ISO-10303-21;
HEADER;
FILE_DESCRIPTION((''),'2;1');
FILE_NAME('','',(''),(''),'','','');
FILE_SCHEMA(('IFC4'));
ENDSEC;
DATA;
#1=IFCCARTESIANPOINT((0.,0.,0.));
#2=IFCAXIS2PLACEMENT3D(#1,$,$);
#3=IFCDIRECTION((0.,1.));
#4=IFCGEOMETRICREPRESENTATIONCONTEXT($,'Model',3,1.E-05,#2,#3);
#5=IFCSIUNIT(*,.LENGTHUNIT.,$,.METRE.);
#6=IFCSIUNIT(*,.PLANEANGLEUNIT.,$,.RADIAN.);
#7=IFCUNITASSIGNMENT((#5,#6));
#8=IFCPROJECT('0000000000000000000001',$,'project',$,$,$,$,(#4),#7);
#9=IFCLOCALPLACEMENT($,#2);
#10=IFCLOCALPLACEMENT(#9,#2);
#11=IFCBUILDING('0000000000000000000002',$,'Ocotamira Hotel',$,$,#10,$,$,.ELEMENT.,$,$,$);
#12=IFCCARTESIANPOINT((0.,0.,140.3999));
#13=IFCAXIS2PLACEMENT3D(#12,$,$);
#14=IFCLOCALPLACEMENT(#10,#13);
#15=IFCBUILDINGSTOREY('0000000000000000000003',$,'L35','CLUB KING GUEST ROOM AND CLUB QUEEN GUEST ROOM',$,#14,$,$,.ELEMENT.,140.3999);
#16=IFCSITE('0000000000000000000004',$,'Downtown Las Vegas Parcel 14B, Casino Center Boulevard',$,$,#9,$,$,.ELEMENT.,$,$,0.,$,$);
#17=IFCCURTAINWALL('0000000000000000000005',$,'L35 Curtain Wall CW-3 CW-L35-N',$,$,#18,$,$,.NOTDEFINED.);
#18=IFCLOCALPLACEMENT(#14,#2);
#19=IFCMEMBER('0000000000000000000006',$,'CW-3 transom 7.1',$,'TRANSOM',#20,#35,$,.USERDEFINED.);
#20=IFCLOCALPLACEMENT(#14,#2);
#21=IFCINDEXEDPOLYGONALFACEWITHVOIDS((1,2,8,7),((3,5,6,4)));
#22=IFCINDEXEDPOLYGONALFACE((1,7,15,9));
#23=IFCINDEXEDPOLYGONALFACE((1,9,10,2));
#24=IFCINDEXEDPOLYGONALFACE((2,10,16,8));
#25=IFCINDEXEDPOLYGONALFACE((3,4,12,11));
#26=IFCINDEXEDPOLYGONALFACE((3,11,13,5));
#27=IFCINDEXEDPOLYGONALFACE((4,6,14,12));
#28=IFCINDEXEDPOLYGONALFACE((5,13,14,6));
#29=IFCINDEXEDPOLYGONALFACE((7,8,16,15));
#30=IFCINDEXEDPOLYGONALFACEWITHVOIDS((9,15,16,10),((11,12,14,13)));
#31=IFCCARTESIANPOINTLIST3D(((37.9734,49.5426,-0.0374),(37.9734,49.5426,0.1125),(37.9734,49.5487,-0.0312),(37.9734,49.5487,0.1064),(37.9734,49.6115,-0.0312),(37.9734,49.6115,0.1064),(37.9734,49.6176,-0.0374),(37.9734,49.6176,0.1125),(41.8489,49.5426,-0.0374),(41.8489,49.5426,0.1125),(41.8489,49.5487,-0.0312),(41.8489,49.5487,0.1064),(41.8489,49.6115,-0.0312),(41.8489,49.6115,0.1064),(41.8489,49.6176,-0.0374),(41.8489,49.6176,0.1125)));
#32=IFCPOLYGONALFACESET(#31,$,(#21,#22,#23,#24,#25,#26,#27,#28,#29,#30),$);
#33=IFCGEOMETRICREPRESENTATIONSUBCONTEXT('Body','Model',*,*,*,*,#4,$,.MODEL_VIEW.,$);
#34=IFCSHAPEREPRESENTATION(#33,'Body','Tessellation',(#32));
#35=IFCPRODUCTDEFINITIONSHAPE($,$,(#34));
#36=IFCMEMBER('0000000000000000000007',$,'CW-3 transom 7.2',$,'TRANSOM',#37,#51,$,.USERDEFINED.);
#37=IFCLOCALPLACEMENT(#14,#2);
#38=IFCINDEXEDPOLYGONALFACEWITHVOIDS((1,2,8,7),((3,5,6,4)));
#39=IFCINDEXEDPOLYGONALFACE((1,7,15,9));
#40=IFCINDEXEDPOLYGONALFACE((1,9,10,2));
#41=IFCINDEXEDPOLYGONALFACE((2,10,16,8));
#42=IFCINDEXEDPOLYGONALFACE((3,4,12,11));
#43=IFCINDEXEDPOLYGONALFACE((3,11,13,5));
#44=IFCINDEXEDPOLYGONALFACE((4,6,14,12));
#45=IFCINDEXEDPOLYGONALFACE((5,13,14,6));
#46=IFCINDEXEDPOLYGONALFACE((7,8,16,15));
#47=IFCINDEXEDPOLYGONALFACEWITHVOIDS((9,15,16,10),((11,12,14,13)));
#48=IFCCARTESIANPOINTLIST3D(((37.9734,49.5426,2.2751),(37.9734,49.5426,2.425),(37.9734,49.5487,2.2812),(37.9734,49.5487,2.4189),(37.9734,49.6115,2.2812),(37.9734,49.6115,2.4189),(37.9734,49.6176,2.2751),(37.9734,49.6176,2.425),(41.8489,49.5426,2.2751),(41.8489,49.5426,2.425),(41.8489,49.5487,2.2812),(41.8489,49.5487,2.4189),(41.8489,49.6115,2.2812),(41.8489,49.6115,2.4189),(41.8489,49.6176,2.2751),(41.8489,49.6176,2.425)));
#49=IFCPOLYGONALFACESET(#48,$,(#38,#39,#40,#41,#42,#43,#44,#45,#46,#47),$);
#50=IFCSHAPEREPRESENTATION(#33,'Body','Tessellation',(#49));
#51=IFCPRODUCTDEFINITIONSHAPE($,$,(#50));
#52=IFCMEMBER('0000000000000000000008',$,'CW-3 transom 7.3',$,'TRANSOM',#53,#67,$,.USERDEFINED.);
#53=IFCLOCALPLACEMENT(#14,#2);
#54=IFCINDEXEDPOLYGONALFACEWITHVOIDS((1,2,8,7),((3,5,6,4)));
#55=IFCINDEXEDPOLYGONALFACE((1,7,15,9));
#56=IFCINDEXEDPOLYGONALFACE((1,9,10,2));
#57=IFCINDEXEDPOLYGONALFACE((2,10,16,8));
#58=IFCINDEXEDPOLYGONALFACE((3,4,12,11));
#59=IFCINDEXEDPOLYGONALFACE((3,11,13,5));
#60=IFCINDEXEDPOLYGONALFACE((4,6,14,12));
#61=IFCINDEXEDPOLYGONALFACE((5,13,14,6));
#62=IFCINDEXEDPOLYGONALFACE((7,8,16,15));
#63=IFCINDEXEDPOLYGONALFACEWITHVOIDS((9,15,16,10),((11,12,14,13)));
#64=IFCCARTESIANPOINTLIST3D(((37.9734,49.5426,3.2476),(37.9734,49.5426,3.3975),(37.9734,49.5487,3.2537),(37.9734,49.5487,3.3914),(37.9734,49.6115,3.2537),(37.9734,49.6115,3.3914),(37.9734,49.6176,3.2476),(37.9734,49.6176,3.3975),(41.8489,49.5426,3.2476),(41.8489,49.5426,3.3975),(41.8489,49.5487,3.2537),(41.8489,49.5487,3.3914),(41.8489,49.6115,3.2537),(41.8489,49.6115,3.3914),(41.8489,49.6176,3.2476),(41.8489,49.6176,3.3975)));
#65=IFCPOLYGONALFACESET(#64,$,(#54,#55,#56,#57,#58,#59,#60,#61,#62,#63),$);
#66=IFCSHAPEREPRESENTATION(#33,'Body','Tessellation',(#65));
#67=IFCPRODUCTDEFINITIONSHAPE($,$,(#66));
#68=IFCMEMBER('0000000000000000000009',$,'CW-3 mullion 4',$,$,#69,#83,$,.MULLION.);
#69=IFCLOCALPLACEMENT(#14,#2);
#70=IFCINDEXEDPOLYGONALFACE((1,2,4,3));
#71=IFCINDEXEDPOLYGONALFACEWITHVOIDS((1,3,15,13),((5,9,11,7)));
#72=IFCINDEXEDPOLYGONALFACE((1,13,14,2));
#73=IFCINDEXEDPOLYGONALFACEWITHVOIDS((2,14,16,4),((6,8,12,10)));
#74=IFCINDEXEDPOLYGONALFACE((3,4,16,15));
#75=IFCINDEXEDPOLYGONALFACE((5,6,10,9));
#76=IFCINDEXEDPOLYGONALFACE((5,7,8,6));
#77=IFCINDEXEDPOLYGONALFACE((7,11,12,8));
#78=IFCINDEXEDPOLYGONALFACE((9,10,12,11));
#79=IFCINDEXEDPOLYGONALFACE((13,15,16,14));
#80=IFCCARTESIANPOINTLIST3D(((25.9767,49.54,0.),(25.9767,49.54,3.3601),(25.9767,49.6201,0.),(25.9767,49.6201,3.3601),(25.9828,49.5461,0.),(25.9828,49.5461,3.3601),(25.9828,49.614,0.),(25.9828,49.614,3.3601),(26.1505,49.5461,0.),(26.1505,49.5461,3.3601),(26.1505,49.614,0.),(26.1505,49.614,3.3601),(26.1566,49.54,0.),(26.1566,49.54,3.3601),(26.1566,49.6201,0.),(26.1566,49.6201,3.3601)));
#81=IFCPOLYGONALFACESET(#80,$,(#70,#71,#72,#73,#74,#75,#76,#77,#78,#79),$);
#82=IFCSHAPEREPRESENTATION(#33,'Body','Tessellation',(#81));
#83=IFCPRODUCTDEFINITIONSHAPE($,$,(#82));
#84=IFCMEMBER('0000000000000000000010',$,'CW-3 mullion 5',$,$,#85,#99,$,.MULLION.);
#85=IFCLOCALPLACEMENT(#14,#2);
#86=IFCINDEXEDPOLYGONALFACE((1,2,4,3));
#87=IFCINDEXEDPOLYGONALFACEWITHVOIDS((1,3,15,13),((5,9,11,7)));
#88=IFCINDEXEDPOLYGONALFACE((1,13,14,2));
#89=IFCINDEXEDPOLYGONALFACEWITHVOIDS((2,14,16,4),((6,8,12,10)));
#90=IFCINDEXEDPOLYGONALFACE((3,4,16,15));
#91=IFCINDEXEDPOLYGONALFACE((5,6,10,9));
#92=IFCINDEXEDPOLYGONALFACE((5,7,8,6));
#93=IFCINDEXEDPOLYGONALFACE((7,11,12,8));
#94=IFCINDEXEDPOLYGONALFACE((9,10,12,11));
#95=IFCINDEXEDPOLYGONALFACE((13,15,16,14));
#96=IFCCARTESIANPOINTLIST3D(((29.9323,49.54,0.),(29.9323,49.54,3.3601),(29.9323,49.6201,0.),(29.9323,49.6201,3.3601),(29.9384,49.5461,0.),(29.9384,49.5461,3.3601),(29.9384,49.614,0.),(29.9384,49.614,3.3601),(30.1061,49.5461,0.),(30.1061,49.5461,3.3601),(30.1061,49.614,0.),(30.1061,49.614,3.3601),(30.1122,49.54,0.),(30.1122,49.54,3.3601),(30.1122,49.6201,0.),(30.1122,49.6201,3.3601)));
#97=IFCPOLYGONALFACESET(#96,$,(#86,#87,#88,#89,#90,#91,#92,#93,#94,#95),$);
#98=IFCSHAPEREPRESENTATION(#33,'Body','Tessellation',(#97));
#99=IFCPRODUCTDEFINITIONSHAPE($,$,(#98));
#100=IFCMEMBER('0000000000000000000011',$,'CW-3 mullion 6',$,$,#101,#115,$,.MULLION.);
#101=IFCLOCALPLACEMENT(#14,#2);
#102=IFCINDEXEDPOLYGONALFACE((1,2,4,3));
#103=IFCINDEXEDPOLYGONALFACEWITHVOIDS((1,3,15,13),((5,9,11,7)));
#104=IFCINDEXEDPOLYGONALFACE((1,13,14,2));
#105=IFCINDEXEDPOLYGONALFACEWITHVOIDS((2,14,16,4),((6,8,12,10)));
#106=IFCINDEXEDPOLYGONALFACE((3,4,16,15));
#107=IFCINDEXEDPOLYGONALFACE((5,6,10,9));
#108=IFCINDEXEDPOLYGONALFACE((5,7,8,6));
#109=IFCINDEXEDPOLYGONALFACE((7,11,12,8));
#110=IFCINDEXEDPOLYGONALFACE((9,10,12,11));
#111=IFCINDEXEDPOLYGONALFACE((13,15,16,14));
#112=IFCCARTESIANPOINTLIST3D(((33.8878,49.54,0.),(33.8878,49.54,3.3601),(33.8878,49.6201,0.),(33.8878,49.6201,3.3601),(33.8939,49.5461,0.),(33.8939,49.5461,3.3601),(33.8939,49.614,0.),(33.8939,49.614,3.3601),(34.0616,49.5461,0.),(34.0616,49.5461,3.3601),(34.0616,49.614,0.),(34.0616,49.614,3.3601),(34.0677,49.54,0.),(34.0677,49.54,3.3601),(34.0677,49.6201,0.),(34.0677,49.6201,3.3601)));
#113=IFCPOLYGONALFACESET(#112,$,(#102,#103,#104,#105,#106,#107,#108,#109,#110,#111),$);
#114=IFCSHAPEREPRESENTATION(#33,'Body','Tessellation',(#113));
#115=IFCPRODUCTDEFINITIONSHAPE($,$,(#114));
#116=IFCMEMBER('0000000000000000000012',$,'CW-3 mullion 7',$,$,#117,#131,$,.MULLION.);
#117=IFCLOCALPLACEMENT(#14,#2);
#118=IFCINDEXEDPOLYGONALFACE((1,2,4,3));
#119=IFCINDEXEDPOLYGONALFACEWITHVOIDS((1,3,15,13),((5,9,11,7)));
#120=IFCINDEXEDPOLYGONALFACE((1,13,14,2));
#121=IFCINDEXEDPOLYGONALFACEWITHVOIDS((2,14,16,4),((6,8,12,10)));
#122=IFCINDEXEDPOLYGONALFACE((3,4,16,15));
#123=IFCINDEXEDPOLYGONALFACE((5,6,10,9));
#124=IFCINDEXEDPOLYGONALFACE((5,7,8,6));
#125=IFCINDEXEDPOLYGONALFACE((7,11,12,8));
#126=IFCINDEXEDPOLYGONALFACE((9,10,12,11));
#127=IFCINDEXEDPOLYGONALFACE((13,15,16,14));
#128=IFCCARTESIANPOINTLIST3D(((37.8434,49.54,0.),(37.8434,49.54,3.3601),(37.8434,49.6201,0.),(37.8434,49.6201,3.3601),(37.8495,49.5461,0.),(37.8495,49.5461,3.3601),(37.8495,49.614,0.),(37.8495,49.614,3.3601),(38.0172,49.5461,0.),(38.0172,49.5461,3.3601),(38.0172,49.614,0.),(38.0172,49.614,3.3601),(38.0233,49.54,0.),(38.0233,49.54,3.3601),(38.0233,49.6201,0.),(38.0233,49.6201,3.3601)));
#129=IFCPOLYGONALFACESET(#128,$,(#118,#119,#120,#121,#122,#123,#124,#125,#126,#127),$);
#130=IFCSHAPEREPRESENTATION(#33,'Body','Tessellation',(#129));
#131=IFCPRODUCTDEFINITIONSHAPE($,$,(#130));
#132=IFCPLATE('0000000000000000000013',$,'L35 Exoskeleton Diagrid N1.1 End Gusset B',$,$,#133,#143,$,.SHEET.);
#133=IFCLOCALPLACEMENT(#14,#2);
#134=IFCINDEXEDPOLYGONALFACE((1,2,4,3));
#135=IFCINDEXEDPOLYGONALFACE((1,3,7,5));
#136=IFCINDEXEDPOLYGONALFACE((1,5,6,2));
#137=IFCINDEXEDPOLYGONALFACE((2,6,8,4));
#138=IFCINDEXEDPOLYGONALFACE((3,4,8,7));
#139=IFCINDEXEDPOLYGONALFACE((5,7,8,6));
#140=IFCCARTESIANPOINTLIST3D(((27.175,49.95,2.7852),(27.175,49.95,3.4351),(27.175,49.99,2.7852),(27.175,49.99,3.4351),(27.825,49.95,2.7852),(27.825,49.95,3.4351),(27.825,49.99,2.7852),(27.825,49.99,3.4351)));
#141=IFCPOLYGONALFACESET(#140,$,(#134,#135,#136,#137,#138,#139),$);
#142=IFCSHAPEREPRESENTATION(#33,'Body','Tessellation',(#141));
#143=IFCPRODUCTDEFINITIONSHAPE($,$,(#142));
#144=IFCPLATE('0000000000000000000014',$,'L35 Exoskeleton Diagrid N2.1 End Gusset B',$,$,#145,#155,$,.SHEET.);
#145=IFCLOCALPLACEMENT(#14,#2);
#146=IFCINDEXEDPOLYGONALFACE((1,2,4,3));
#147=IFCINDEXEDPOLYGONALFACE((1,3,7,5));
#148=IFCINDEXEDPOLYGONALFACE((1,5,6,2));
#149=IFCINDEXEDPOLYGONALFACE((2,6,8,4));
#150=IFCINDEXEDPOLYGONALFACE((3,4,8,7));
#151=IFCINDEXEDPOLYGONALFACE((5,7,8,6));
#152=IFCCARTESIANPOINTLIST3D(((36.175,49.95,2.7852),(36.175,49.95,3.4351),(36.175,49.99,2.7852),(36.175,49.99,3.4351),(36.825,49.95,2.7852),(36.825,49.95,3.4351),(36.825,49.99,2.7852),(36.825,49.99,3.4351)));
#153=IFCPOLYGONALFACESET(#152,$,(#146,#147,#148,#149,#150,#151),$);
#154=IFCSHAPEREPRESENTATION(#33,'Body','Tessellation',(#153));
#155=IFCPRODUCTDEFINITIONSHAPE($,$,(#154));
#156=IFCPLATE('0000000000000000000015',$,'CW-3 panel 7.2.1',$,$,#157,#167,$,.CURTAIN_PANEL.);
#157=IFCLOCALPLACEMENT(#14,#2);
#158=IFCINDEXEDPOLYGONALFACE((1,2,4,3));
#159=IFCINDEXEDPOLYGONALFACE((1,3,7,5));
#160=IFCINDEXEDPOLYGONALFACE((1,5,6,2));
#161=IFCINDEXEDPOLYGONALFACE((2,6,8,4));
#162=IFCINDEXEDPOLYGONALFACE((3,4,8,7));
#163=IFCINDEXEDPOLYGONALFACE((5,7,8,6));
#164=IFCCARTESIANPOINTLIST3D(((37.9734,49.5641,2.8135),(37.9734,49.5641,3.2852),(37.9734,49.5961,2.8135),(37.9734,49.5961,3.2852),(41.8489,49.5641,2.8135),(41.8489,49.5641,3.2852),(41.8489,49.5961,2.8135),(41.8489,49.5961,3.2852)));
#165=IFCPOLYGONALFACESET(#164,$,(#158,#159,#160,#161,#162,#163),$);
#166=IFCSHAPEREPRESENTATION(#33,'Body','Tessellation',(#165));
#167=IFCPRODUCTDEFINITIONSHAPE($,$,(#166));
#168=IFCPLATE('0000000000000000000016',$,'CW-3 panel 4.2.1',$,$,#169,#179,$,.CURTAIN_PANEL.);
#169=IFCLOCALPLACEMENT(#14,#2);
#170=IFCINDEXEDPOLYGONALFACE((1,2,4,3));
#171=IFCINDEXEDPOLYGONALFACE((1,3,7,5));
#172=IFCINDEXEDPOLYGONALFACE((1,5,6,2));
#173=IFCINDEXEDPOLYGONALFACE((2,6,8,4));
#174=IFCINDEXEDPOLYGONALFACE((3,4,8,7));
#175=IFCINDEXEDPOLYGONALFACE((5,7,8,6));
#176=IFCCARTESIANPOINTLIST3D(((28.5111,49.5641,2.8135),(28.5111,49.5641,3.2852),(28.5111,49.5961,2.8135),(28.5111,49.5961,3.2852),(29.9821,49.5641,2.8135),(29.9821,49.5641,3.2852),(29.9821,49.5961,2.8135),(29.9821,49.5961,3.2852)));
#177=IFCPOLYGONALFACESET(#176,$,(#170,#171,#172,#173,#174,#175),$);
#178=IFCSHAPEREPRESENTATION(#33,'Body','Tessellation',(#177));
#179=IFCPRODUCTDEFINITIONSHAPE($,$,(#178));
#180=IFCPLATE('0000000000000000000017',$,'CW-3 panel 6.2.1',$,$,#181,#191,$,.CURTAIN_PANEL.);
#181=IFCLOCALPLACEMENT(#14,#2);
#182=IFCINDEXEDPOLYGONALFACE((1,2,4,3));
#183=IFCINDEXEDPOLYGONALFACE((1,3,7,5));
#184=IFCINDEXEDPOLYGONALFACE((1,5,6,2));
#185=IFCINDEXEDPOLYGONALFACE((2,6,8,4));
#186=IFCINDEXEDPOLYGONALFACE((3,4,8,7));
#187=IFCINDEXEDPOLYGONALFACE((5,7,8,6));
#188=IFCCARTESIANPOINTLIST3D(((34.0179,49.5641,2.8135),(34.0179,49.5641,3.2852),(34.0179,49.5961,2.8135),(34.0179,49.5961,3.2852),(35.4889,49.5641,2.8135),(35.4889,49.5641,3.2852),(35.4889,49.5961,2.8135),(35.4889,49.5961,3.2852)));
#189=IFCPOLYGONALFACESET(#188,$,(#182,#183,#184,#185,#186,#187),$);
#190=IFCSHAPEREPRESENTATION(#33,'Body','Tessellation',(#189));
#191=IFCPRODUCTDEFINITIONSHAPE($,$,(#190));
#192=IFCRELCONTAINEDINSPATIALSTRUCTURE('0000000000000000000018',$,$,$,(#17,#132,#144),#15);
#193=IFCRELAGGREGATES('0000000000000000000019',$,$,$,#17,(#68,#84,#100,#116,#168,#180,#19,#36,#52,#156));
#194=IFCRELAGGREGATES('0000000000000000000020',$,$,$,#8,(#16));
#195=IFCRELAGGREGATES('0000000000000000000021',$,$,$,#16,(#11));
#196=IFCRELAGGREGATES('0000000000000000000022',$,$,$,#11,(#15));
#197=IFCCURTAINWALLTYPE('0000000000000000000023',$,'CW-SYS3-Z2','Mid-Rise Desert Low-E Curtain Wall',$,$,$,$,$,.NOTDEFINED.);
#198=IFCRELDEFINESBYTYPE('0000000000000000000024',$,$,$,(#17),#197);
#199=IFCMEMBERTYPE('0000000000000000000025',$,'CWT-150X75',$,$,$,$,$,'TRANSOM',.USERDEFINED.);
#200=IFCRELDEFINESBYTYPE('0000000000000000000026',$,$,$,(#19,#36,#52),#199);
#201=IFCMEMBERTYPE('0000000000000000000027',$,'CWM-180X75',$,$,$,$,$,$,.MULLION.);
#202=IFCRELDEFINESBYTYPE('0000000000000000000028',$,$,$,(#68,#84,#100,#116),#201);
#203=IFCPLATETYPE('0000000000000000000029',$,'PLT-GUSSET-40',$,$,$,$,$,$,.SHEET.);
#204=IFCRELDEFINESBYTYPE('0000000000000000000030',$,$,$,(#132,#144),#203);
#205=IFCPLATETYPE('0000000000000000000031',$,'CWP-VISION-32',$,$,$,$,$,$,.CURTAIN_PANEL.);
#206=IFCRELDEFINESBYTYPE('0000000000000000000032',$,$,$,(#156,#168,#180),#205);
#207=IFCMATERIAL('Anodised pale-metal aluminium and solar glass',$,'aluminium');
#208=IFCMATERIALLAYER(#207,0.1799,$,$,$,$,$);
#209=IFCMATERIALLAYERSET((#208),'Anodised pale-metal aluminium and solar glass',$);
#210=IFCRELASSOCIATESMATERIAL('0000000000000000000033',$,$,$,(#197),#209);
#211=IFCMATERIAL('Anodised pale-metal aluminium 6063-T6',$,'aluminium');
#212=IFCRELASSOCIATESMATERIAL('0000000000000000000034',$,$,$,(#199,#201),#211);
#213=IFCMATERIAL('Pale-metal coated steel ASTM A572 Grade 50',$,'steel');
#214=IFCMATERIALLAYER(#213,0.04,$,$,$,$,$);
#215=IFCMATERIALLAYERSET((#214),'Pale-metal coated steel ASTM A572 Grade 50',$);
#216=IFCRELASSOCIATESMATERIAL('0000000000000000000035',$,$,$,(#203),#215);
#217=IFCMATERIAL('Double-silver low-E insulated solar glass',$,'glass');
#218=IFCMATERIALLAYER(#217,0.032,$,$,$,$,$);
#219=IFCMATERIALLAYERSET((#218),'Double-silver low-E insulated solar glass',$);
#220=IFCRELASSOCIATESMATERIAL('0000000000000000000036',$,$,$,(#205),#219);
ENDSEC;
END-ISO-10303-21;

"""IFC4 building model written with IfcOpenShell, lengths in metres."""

from ifc_helpers import new_model, si_unit, direction, frame, origin, origin_2d, place, context, subcontext, project, spatial, rectangle, hollow_rectangle, extrude, source, transform, mapped, material, layer, layer_set, material_profile, profile_set, type_object, element, aggregate, save


model = new_model("IFC4")

# Units and contexts
model_context = context("Model", 3, precision=1e-05, world=origin(), true_north=direction((0.0, 1.0)))
body_context = subcontext(model_context, "Body", "Model", "MODEL_VIEW")
ifc_project = project(units=[si_unit("LENGTHUNIT", "METRE"), si_unit("PLANEANGLEUNIT", "RADIAN")], contexts=[model_context])

# Site, building, storey
site_placement = place(None, origin())
site = spatial("IfcSite", under=ifc_project, at=site_placement, Name="Downtown Las Vegas Parcel 14B, Casino Center Boulevard", CompositionType="ELEMENT", RefElevation=0.0)
building_placement = place(site_placement, origin())
building = spatial("IfcBuilding", under=site, at=building_placement, Name="Ocotamira Hotel", CompositionType="ELEMENT")
storey_placement = place(building_placement, frame((0.0, 0.0, 140.3999)))
storey = spatial("IfcBuildingStorey", under=building, at=storey_placement, Name="L35", Description="CLUB KING GUEST ROOM AND CLUB QUEEN GUEST ROOM", CompositionType="ELEMENT", Elevation=140.3999)

# Curtain wall, members
ifc_material_1 = material(Name="Anodised pale-metal aluminium and solar glass", Category="aluminium")
ifc_layer_1 = layer(ifc_material_1, 0.1799)
ifc_layer_set_1 = layer_set([ifc_layer_1], Name="Anodised pale-metal aluminium and solar glass")
curtain_wall_type = type_object("IfcCurtainWallType", Name="CW-SYS3-Z2", Description="Mid-Rise Desert Low-E Curtain Wall", PredefinedType="NOTDEFINED", material=ifc_layer_set_1)
curtain_wall_placement = place(storey_placement, origin())
curtain_wall = element("IfcCurtainWall", 1, at=curtain_wall_placement, inside=storey, type_object=curtain_wall_type, Name="L35 Curtain Wall CW-3 CW-L35-N", PredefinedType="NOTDEFINED")
ifc_material_2 = material(Name="Anodised pale-metal aluminium 6063-T6", Category="aluminium")
ifc_material_profile_1 = material_profile(ifc_material_2, hollow_rectangle(XDim=0.075, YDim=0.1499, WallThickness=0.0061, at=origin_2d()), Name="HSS150X75X6")
ifc_profile_set_1 = profile_set([ifc_material_profile_1], Name="Anodised pale-metal aluminium 6063-T6")
member_type_1 = type_object("IfcMemberType", Name="CWT-150X75", ElementType="TRANSOM", PredefinedType="USERDEFINED", material=ifc_profile_set_1)
shared_shape_1 = source(origin(), body_context, "Body", "SweptSolid", [
    extrude(hollow_rectangle(XDim=0.075, YDim=0.1499, WallThickness=0.0061, at=origin_2d()), origin(), (0.0, 0.0, 1.0), 3.8755),
])
member_1_placement = place(storey_placement, frame((37.9734, 49.5801, 0.0376), z_axis=(1.0, 0.0, 0.0), x_axis=(0.0, 1.0, 0.0)))
member_1 = element("IfcMember", 2, at=member_1_placement, type_object=member_type_1, Name="CW-3 transom 7.1", ObjectType="TRANSOM", PredefinedType="USERDEFINED", context=body_context, shape_type="MappedRepresentation", body=[
    mapped(shared_shape_1, transform((0.0, 0.0, 0.0), scale=1.0)),
])
member_2_placement = place(storey_placement, frame((37.9734, 49.5801, 2.3501), z_axis=(1.0, 0.0, 0.0), x_axis=(0.0, 1.0, 0.0)))
member_2 = element("IfcMember", 3, at=member_2_placement, type_object=member_type_1, Name="CW-3 transom 7.2", ObjectType="TRANSOM", PredefinedType="USERDEFINED", context=body_context, shape_type="MappedRepresentation", body=[
    mapped(shared_shape_1, transform((0.0, 0.0, 0.0), scale=1.0)),
])
member_3_placement = place(storey_placement, frame((37.9734, 49.5801, 3.3225), z_axis=(1.0, 0.0, 0.0), x_axis=(0.0, 1.0, 0.0)))
member_3 = element("IfcMember", 4, at=member_3_placement, type_object=member_type_1, Name="CW-3 transom 7.3", ObjectType="TRANSOM", PredefinedType="USERDEFINED", context=body_context, shape_type="MappedRepresentation", body=[
    mapped(shared_shape_1, transform((0.0, 0.0, 0.0), scale=1.0)),
])
ifc_material_profile_2 = material_profile(ifc_material_2, hollow_rectangle(XDim=0.0801, YDim=0.1799, WallThickness=0.0061, at=origin_2d()), Name="HSS180X80X6")
ifc_profile_set_2 = profile_set([ifc_material_profile_2], Name="Anodised pale-metal aluminium 6063-T6")
member_type_2 = type_object("IfcMemberType", Name="CWM-180X75", PredefinedType="MULLION", material=ifc_profile_set_2)
shared_shape_2 = source(origin(), body_context, "Body", "SweptSolid", [
    extrude(hollow_rectangle(XDim=0.0801, YDim=0.1799, WallThickness=0.0061, at=origin_2d()), origin(), (0.0, 0.0, 1.0), 3.3601),
])
member_4_placement = place(storey_placement, frame((26.0667, 49.5801, 0.0), z_axis=(0.0, 0.0, 1.0), x_axis=(0.0, 1.0, 0.0)))
member_4 = element("IfcMember", 5, at=member_4_placement, type_object=member_type_2, Name="CW-3 mullion 4", PredefinedType="MULLION", context=body_context, shape_type="MappedRepresentation", body=[
    mapped(shared_shape_2, transform((0.0, 0.0, 0.0), scale=1.0)),
])
member_5_placement = place(storey_placement, frame((30.0222, 49.5801, 0.0), z_axis=(0.0, 0.0, 1.0), x_axis=(0.0, 1.0, 0.0)))
member_5 = element("IfcMember", 6, at=member_5_placement, type_object=member_type_2, Name="CW-3 mullion 5", PredefinedType="MULLION", context=body_context, shape_type="MappedRepresentation", body=[
    mapped(shared_shape_2, transform((0.0, 0.0, 0.0), scale=1.0)),
])
member_6_placement = place(storey_placement, frame((33.9778, 49.5801, 0.0), z_axis=(0.0, 0.0, 1.0), x_axis=(0.0, 1.0, 0.0)))
member_6 = element("IfcMember", 7, at=member_6_placement, type_object=member_type_2, Name="CW-3 mullion 6", PredefinedType="MULLION", context=body_context, shape_type="MappedRepresentation", body=[
    mapped(shared_shape_2, transform((0.0, 0.0, 0.0), scale=1.0)),
])
member_7_placement = place(storey_placement, frame((37.9333, 49.5801, 0.0), z_axis=(0.0, 0.0, 1.0), x_axis=(0.0, 1.0, 0.0)))
member_7 = element("IfcMember", 8, at=member_7_placement, type_object=member_type_2, Name="CW-3 mullion 7", PredefinedType="MULLION", context=body_context, shape_type="MappedRepresentation", body=[
    mapped(shared_shape_2, transform((0.0, 0.0, 0.0), scale=1.0)),
])

# Plates
ifc_material_3 = material(Name="Pale-metal coated steel ASTM A572 Grade 50", Category="steel")
ifc_layer_2 = layer(ifc_material_3, 0.04)
ifc_layer_set_2 = layer_set([ifc_layer_2], Name="Pale-metal coated steel ASTM A572 Grade 50")
plate_type_1 = type_object("IfcPlateType", Name="PLT-GUSSET-40", PredefinedType="SHEET", material=ifc_layer_set_2)
shared_shape_3 = source(origin(), body_context, "Body", "SweptSolid", [
    extrude(rectangle(XDim=0.6499, YDim=0.04, at=origin_2d()), origin(), (0.0, 0.0, 1.0), 0.6499),
])
for number, where, z_axis, x_axis, name in (
    (9, (27.5, 49.97, 2.7852), (0.0, 0.0, 1.0), (1.0, 0.0, 0.0), "L35 Exoskeleton Diagrid N1.1 End Gusset B"),
    (10, (36.5, 49.97, 2.7852), (0.0, 0.0, 1.0), (1.0, 0.0, 0.0), "L35 Exoskeleton Diagrid N2.1 End Gusset B"),
):
    element("IfcPlate", number, at=place(storey_placement, frame(where, z_axis=z_axis, x_axis=x_axis)), inside=storey, type_object=plate_type_1, Name=name, PredefinedType="SHEET", context=body_context, shape_type="MappedRepresentation", body=[
        mapped(shared_shape_3, transform((0.0, 0.0, 0.0), scale=1.0)),
    ])

# Plates
ifc_material_4 = material(Name="Double-silver low-E insulated solar glass", Category="glass")
ifc_layer_3 = layer(ifc_material_4, 0.032)
ifc_layer_set_3 = layer_set([ifc_layer_3], Name="Double-silver low-E insulated solar glass")
plate_type_2 = type_object("IfcPlateType", Name="CWP-VISION-32", PredefinedType="CURTAIN_PANEL", material=ifc_layer_set_3)
shared_shape_4 = source(origin(), body_context, "Body", "SweptSolid", [
    extrude(rectangle(XDim=3.8755, YDim=0.032, at=origin_2d()), origin(), (0.0, 0.0, 1.0), 0.4717),
])
plate_1_placement = place(storey_placement, frame((39.9111, 49.5801, 2.8135), z_axis=(0.0, 0.0, 1.0), x_axis=(1.0, 0.0, 0.0)))
plate_1 = element("IfcPlate", 11, at=plate_1_placement, type_object=plate_type_2, Name="CW-3 panel 7.2.1", PredefinedType="CURTAIN_PANEL", context=body_context, shape_type="MappedRepresentation", body=[
    mapped(shared_shape_4, transform((0.0, 0.0, 0.0), scale=1.0)),
])
shared_shape_5 = source(origin(), body_context, "Body", "SweptSolid", [
    extrude(rectangle(XDim=1.4709, YDim=0.032, at=origin_2d()), origin(), (0.0, 0.0, 1.0), 0.4717),
])
plate_2_placement = place(storey_placement, frame((29.2466, 49.5801, 2.8135), z_axis=(0.0, 0.0, 1.0), x_axis=(1.0, 0.0, 0.0)))
plate_2 = element("IfcPlate", 12, at=plate_2_placement, type_object=plate_type_2, Name="CW-3 panel 4.2.1", PredefinedType="CURTAIN_PANEL", context=body_context, shape_type="MappedRepresentation", body=[
    mapped(shared_shape_5, transform((0.0, 0.0, 0.0), scale=1.0)),
])
plate_3_placement = place(storey_placement, frame((34.7534, 49.5801, 2.8135), z_axis=(0.0, 0.0, 1.0), x_axis=(1.0, 0.0, 0.0)))
plate_3 = element("IfcPlate", 13, at=plate_3_placement, type_object=plate_type_2, Name="CW-3 panel 6.2.1", PredefinedType="CURTAIN_PANEL", context=body_context, shape_type="MappedRepresentation", body=[
    mapped(shared_shape_5, transform((0.0, 0.0, 0.0), scale=1.0)),
])
aggregate(curtain_wall, [member_4, member_5, member_6, member_7, plate_2, plate_3, member_1, member_2, member_3, plate_1])

save(model, "model.ifc")
